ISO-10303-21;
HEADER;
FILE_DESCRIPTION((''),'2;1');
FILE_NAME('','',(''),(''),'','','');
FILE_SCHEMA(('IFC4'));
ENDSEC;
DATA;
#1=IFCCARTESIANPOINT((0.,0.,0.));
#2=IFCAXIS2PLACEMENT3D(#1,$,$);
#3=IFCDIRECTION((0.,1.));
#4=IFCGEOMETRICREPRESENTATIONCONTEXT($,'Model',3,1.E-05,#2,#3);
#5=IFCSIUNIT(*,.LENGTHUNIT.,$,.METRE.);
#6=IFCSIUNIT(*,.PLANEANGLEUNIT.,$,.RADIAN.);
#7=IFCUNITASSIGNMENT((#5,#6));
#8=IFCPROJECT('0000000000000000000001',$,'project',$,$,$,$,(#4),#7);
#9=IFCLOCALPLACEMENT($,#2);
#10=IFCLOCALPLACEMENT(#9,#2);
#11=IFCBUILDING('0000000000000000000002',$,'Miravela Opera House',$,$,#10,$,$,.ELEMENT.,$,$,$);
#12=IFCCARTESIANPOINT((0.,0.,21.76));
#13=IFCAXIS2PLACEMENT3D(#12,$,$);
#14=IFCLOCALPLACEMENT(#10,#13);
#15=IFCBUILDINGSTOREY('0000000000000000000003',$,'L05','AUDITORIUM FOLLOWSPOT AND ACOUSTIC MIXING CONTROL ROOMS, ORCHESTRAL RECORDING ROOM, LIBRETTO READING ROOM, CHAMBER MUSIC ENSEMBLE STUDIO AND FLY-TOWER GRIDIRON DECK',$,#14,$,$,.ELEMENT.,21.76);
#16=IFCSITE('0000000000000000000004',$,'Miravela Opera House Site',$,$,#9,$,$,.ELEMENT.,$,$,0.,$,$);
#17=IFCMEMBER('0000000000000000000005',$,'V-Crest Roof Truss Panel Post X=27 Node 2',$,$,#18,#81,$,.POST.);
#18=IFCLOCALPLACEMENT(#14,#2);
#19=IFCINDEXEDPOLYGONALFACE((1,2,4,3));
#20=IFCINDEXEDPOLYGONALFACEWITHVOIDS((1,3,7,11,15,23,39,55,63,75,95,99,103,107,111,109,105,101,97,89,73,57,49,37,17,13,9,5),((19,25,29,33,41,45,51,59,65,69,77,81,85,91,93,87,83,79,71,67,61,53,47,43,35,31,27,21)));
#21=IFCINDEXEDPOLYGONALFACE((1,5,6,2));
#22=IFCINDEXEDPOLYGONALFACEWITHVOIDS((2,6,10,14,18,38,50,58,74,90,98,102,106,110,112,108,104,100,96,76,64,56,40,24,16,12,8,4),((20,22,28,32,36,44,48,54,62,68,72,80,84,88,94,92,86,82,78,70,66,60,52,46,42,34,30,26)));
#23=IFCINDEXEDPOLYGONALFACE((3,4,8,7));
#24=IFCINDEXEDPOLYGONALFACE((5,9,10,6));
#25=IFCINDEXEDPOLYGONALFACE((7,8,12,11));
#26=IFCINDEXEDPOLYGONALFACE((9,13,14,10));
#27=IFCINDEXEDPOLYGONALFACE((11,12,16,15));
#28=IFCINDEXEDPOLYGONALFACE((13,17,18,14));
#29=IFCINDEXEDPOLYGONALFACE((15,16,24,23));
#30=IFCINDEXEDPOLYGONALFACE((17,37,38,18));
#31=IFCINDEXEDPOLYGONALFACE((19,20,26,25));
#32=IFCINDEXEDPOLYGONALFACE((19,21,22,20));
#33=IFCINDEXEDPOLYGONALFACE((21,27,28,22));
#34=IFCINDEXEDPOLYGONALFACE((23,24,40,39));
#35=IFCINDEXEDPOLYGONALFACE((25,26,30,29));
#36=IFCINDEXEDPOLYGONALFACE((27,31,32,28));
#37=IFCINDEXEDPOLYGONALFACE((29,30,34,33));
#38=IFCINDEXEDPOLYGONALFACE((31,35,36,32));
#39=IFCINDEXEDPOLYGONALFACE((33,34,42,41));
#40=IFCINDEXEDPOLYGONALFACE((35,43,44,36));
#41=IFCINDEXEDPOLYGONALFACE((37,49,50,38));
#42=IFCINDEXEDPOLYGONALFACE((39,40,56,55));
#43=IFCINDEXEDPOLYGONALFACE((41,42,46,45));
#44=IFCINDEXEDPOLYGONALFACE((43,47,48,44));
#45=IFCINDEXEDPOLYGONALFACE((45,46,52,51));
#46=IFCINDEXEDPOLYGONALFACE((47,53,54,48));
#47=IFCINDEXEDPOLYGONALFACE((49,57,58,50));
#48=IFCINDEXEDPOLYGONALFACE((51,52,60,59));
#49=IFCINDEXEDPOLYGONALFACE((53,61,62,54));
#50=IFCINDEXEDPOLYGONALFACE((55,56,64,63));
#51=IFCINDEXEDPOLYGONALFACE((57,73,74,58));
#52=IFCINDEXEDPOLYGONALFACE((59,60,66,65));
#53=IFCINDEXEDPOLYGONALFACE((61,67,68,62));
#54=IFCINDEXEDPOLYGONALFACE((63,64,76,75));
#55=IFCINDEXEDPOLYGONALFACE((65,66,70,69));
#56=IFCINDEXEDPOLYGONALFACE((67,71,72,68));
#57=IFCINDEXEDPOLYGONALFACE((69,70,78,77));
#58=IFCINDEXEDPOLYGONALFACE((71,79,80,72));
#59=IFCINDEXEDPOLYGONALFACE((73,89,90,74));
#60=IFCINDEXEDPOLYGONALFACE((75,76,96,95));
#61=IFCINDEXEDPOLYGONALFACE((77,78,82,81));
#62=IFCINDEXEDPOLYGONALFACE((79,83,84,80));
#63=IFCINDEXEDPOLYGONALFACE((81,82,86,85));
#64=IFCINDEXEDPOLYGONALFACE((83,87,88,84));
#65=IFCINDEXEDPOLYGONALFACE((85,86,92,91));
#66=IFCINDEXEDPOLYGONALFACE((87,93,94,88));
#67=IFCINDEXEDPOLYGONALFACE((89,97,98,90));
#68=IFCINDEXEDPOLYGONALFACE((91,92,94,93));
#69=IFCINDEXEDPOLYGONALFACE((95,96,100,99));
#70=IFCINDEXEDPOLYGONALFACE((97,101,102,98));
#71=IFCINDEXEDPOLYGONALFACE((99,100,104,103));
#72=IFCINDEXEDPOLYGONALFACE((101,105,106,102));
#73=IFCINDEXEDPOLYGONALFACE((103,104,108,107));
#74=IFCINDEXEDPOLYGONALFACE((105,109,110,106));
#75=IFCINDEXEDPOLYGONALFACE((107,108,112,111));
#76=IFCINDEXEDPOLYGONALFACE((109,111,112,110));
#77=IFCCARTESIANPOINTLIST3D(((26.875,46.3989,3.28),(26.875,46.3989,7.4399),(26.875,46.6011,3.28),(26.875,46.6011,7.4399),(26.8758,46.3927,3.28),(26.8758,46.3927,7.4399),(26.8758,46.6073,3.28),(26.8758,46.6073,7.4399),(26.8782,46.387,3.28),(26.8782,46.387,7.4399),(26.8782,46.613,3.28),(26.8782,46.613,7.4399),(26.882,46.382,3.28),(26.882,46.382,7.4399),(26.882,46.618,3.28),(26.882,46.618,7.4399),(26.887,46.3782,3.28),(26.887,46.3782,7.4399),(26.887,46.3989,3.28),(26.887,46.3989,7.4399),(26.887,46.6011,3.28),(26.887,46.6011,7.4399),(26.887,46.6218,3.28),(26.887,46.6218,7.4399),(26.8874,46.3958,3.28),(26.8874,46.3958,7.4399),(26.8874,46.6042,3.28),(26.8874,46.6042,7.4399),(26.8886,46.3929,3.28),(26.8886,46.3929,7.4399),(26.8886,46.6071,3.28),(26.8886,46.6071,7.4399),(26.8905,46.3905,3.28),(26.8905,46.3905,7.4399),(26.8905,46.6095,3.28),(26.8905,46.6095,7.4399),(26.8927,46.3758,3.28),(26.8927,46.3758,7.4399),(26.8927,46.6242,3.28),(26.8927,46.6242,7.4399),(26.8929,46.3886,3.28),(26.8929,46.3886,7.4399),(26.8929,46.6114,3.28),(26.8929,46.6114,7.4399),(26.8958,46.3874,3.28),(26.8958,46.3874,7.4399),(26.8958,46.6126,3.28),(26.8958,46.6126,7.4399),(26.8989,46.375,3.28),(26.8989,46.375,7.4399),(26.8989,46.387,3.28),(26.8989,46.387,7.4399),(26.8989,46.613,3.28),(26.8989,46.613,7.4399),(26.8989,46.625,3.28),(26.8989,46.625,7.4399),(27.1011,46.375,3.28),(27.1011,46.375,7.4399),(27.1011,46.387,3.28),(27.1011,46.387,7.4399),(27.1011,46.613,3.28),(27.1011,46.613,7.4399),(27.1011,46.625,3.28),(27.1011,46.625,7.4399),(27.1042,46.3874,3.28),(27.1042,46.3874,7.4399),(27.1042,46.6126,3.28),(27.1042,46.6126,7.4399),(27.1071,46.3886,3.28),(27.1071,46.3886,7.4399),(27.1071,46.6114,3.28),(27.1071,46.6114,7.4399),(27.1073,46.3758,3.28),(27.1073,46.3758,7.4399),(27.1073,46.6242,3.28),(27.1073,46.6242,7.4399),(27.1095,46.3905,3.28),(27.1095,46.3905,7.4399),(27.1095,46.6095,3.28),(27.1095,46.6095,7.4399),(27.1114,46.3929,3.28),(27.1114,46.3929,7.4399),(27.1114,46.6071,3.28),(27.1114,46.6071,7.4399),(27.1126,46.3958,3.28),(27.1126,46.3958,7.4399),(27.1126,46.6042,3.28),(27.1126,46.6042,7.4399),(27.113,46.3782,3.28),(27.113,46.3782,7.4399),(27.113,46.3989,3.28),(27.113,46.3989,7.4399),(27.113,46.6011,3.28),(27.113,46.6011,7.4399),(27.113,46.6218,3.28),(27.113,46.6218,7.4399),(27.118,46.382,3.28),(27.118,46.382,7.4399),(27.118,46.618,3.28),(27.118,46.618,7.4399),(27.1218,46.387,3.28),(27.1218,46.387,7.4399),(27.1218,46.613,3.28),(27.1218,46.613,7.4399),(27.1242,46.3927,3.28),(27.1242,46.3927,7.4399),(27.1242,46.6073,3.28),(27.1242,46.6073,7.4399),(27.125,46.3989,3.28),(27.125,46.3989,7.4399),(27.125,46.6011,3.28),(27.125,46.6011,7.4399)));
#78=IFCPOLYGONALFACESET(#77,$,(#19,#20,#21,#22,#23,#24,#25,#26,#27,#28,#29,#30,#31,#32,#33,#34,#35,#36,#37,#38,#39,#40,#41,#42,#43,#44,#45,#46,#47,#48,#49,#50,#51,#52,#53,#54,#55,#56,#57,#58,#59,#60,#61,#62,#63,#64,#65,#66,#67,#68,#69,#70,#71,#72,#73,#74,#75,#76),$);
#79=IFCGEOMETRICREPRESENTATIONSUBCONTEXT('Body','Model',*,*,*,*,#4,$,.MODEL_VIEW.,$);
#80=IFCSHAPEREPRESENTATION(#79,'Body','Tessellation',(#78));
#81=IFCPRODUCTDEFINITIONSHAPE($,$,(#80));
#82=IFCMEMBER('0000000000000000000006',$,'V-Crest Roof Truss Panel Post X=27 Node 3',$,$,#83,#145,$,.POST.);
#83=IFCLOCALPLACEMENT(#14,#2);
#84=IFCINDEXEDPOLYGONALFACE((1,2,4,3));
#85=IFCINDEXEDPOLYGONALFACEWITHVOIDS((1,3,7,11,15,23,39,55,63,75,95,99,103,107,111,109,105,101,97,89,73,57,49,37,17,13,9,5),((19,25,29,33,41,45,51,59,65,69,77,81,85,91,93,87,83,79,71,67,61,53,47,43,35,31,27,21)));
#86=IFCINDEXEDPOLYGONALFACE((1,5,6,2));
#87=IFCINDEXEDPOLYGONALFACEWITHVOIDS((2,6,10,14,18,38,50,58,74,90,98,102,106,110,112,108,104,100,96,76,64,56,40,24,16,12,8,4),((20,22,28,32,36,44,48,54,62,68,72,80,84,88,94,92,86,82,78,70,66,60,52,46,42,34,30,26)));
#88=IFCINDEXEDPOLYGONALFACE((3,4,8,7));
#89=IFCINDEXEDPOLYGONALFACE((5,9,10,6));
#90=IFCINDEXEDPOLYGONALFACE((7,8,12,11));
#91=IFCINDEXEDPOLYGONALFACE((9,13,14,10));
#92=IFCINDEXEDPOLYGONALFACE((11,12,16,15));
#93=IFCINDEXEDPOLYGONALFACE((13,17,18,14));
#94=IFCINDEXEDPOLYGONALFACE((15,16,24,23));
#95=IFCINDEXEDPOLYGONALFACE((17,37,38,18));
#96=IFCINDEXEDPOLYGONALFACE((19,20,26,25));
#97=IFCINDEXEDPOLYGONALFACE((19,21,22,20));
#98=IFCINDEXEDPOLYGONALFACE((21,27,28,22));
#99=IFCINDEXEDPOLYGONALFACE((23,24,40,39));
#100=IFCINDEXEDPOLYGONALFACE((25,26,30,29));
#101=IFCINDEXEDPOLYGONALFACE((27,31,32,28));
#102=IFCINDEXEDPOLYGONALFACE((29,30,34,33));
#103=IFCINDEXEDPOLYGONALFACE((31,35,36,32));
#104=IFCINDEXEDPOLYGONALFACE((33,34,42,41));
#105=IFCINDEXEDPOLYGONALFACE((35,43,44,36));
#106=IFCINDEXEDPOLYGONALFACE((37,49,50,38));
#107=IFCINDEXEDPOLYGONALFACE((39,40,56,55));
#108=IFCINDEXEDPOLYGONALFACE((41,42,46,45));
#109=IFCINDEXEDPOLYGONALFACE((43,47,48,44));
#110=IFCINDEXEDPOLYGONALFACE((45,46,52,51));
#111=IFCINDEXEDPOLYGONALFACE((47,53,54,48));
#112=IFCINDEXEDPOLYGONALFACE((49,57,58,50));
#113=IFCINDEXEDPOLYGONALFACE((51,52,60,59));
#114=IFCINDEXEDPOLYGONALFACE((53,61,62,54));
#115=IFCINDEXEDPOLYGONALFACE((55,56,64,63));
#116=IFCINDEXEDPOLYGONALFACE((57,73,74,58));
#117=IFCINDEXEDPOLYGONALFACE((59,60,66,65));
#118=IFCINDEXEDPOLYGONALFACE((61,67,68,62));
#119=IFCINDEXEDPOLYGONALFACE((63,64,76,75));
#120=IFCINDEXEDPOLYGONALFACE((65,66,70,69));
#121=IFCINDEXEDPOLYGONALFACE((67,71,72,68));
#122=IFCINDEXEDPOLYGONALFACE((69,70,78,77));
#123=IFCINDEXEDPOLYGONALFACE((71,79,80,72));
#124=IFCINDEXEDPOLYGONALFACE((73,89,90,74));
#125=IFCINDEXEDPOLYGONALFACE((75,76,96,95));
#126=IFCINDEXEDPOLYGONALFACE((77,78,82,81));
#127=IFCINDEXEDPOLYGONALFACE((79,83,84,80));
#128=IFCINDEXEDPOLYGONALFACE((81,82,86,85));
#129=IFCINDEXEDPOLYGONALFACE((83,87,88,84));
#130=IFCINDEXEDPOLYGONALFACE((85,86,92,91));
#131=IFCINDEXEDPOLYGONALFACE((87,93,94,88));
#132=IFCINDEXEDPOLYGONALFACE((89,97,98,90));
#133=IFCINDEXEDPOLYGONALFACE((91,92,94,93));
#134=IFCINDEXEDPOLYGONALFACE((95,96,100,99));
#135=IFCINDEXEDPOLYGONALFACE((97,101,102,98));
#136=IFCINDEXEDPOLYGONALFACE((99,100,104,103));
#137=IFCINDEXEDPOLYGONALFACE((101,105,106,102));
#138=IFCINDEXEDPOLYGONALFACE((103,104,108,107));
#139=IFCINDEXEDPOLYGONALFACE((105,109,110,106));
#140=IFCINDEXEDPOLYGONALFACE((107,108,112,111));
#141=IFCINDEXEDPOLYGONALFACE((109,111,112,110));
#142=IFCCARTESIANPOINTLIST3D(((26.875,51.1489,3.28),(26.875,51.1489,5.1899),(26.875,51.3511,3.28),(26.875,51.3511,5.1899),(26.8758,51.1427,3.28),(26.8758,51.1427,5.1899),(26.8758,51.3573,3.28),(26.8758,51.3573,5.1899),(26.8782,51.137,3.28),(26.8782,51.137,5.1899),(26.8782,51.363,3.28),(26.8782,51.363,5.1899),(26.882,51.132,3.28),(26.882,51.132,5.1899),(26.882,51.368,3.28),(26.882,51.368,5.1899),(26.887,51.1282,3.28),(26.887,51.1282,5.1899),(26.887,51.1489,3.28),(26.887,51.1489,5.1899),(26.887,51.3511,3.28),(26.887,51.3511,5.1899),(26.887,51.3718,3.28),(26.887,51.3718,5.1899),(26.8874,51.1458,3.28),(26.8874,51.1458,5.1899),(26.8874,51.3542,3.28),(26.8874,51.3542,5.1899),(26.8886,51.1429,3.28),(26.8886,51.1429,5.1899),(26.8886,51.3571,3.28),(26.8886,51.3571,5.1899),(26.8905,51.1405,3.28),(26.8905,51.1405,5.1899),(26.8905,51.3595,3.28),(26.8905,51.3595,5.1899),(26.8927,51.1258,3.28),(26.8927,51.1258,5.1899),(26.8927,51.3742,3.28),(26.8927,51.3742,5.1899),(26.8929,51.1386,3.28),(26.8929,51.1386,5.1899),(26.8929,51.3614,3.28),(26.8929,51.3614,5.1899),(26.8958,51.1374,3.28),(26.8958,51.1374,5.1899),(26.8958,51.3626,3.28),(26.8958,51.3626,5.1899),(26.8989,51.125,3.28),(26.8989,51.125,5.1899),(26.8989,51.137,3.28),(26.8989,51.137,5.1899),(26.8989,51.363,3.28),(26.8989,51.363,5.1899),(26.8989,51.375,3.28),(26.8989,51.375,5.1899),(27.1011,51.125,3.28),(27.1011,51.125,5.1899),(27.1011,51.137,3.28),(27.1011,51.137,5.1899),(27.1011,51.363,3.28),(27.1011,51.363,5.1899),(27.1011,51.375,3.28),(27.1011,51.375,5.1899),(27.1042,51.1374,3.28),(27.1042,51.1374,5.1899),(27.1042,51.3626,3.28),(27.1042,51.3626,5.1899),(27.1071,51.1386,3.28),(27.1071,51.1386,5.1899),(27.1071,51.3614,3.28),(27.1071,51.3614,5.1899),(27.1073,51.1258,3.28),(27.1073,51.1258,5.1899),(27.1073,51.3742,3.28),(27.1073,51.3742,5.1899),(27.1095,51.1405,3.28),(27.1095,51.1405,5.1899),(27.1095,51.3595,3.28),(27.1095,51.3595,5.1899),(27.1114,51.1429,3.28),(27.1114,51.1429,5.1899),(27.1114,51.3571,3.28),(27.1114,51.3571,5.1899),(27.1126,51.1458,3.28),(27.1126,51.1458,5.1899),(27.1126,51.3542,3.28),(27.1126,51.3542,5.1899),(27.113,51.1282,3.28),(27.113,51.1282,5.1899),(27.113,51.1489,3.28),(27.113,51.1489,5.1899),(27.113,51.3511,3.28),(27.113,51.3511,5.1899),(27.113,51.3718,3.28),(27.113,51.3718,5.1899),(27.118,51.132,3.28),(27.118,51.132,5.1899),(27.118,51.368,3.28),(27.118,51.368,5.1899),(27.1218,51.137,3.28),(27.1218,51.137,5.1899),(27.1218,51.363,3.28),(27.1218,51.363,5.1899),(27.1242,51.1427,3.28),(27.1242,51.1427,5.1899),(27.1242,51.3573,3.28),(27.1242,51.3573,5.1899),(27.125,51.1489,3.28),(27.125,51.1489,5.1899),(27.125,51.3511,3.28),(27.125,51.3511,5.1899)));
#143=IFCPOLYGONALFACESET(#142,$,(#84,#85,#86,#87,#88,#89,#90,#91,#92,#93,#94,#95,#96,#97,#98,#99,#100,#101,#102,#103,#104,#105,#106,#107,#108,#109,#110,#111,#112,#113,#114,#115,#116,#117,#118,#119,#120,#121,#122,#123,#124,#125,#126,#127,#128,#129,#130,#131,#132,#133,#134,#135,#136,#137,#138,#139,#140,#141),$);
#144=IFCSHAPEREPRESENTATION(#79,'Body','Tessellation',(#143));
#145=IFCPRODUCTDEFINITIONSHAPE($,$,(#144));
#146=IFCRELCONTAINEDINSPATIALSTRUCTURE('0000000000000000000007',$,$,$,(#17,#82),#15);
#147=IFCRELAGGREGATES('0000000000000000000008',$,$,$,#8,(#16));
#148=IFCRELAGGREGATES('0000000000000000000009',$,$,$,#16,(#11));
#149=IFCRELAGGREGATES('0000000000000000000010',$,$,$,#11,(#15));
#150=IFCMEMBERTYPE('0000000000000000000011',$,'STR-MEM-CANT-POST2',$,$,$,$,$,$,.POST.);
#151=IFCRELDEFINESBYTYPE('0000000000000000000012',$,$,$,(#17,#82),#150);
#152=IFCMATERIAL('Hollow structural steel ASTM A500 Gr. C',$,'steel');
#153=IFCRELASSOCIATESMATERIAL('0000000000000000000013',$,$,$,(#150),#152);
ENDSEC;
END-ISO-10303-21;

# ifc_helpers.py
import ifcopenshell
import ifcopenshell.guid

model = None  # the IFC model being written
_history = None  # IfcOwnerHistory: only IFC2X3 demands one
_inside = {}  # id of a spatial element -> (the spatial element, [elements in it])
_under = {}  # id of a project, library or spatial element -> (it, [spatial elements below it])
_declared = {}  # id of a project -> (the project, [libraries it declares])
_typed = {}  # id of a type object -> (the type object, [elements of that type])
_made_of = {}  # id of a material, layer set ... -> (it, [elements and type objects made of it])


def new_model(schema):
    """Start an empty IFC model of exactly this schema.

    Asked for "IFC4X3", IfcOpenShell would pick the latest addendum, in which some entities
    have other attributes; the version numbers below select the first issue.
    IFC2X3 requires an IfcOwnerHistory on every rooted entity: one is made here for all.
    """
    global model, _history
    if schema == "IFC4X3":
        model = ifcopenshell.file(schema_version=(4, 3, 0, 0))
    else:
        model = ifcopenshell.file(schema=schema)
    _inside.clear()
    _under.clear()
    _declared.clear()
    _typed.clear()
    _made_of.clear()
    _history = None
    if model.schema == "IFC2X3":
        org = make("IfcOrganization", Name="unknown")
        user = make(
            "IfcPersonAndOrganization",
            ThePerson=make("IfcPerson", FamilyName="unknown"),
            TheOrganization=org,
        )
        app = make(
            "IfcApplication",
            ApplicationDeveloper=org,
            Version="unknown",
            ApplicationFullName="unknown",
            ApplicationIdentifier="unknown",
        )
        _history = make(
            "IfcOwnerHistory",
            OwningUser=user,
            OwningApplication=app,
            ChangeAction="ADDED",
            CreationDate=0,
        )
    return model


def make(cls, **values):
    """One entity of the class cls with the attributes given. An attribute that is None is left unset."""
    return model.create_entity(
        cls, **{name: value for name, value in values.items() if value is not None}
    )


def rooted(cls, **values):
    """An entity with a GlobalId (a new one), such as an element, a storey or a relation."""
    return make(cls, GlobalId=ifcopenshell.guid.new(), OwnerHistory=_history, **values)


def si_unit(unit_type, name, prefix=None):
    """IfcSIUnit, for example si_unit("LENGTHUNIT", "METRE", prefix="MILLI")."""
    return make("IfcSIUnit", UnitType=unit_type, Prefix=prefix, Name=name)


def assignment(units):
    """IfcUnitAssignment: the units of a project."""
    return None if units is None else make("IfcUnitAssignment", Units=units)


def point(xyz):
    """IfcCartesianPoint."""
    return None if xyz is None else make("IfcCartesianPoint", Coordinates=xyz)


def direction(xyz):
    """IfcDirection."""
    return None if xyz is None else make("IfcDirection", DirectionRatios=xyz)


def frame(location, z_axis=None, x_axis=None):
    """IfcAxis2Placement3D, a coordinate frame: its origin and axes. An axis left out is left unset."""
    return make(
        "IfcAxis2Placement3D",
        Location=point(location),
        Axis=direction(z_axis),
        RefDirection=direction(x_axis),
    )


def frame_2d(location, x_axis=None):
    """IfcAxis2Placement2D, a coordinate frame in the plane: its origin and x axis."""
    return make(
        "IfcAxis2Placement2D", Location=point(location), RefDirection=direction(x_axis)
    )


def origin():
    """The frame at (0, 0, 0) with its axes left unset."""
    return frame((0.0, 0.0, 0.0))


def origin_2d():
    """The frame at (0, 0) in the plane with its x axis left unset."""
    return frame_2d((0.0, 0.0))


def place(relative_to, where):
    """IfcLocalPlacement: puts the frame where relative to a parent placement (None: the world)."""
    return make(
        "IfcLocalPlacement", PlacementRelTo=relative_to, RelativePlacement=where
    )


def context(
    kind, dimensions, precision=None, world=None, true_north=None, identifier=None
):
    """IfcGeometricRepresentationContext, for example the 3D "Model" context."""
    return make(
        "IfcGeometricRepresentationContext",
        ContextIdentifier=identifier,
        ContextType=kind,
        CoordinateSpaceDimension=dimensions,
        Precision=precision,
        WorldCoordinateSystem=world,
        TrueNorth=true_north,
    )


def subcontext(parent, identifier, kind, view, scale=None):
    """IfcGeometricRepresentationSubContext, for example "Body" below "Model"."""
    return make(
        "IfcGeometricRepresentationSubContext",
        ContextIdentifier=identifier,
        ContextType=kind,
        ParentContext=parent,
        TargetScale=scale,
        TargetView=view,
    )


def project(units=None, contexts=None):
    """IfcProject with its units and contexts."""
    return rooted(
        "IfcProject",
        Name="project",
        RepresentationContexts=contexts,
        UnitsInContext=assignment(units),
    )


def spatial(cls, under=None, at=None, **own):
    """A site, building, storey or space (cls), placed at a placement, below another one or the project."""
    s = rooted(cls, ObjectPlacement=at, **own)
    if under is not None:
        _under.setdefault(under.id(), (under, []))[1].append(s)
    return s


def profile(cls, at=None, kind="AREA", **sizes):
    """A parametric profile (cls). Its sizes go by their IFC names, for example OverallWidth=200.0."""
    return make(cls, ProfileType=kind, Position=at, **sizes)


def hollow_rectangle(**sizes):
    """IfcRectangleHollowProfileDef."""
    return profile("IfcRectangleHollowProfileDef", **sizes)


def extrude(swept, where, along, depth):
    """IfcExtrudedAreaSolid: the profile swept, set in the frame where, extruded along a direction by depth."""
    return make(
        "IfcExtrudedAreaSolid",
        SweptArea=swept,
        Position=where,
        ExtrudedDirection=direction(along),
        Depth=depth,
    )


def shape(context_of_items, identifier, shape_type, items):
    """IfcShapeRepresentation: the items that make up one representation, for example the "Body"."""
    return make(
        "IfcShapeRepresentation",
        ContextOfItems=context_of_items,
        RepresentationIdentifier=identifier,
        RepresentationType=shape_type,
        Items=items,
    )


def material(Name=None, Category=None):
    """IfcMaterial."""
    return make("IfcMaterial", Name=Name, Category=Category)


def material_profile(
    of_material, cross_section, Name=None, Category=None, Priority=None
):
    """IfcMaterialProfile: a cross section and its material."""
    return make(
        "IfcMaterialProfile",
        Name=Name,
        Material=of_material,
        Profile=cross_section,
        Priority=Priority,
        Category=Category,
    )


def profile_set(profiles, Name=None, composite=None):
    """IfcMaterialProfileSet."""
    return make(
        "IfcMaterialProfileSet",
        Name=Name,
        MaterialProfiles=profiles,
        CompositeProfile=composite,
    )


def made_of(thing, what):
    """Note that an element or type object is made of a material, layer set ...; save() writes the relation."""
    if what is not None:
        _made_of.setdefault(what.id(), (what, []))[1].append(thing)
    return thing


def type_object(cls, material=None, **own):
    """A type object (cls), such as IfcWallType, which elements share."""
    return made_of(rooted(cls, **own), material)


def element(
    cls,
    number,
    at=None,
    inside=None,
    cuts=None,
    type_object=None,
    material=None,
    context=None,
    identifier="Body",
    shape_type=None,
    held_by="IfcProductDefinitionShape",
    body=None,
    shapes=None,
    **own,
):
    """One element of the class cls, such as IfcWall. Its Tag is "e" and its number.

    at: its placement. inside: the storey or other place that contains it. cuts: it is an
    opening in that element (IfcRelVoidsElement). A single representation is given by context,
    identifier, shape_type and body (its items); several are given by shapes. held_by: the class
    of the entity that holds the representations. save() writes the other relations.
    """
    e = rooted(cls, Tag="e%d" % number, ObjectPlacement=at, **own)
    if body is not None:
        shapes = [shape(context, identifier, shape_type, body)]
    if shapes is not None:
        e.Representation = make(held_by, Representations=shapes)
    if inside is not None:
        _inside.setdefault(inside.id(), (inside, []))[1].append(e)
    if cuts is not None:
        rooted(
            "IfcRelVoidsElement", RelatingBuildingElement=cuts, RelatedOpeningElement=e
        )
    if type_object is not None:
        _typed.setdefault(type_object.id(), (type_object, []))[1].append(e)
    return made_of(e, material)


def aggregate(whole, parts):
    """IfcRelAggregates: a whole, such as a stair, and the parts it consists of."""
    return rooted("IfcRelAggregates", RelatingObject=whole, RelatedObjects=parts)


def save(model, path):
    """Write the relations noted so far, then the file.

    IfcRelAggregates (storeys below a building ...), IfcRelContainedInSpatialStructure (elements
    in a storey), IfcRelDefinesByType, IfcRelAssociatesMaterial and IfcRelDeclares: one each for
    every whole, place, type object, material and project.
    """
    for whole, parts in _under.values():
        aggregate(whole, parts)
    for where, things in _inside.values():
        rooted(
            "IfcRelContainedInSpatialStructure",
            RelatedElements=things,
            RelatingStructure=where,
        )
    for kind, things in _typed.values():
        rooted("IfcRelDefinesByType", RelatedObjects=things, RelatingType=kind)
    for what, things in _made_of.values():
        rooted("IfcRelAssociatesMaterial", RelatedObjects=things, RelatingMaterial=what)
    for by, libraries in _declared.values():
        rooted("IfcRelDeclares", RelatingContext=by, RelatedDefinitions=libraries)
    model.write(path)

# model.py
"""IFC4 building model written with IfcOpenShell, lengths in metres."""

from ifc_helpers import new_model, si_unit, direction, frame, origin, origin_2d, place, context, subcontext, project, spatial, hollow_rectangle, extrude, material, material_profile, profile_set, type_object, element, save


model = new_model("IFC4")

# Units and contexts
model_context = context("Model", 3, precision=1e-05, world=origin(), true_north=direction((0.0, 1.0)))
body_context = subcontext(model_context, "Body", "Model", "MODEL_VIEW")
ifc_project = project(units=[si_unit("LENGTHUNIT", "METRE"), si_unit("PLANEANGLEUNIT", "RADIAN")], contexts=[model_context])

# Site, building, storey
site_placement = place(None, origin())
site = spatial("IfcSite", under=ifc_project, at=site_placement, Name="Miravela Opera House Site", CompositionType="ELEMENT", RefElevation=0.0)
building_placement = place(site_placement, origin())
building = spatial("IfcBuilding", under=site, at=building_placement, Name="Miravela Opera House", CompositionType="ELEMENT")
storey_placement = place(building_placement, frame((0.0, 0.0, 21.76)))
storey = spatial("IfcBuildingStorey", under=building, at=storey_placement, Name="L05", Description="AUDITORIUM FOLLOWSPOT AND ACOUSTIC MIXING CONTROL ROOMS, ORCHESTRAL RECORDING ROOM, LIBRETTO READING ROOM, CHAMBER MUSIC ENSEMBLE STUDIO AND FLY-TOWER GRIDIRON DECK", CompositionType="ELEMENT", Elevation=21.76)

# Members
ifc_material_1 = material(Name="Hollow structural steel ASTM A500 Gr. C", Category="steel")
ifc_material_profile_1 = material_profile(ifc_material_1, hollow_rectangle(XDim=0.25, YDim=0.25, WallThickness=0.012, InnerFilletRadius=0.012, OuterFilletRadius=0.0239, at=origin_2d()), Name="HSS250X250X12")
ifc_profile_set_1 = profile_set([ifc_material_profile_1])
member_type_1 = type_object("IfcMemberType", Name="STR-MEM-CANT-POST2", PredefinedType="POST", material=ifc_profile_set_1)
member_1_placement = place(storey_placement, frame((27.0, 46.5, 3.28), z_axis=(0.0, 0.0, 1.0), x_axis=(1.0, 0.0, 0.0)))
element("IfcMember", 1, at=member_1_placement, inside=storey, type_object=member_type_1, Name="V-Crest Roof Truss Panel Post X=27 Node 2", PredefinedType="POST", context=body_context, shape_type="SweptSolid", body=[
    extrude(hollow_rectangle(XDim=0.25, YDim=0.25, WallThickness=0.012, InnerFilletRadius=0.012, OuterFilletRadius=0.0239, at=origin_2d()), origin(), (0.0, 0.0, 1.0), 4.1599),
])
member_2_placement = place(storey_placement, frame((27.0, 51.25, 3.28), z_axis=(0.0, 0.0, 1.0), x_axis=(1.0, 0.0, 0.0)))
element("IfcMember", 2, at=member_2_placement, inside=storey, type_object=member_type_1, Name="V-Crest Roof Truss Panel Post X=27 Node 3", PredefinedType="POST", context=body_context, shape_type="SweptSolid", body=[
    extrude(hollow_rectangle(XDim=0.25, YDim=0.25, WallThickness=0.012, InnerFilletRadius=0.012, OuterFilletRadius=0.0239, at=origin_2d()), origin(), (0.0, 0.0, 1.0), 1.9099),
])

save(model, "model.ifc")
